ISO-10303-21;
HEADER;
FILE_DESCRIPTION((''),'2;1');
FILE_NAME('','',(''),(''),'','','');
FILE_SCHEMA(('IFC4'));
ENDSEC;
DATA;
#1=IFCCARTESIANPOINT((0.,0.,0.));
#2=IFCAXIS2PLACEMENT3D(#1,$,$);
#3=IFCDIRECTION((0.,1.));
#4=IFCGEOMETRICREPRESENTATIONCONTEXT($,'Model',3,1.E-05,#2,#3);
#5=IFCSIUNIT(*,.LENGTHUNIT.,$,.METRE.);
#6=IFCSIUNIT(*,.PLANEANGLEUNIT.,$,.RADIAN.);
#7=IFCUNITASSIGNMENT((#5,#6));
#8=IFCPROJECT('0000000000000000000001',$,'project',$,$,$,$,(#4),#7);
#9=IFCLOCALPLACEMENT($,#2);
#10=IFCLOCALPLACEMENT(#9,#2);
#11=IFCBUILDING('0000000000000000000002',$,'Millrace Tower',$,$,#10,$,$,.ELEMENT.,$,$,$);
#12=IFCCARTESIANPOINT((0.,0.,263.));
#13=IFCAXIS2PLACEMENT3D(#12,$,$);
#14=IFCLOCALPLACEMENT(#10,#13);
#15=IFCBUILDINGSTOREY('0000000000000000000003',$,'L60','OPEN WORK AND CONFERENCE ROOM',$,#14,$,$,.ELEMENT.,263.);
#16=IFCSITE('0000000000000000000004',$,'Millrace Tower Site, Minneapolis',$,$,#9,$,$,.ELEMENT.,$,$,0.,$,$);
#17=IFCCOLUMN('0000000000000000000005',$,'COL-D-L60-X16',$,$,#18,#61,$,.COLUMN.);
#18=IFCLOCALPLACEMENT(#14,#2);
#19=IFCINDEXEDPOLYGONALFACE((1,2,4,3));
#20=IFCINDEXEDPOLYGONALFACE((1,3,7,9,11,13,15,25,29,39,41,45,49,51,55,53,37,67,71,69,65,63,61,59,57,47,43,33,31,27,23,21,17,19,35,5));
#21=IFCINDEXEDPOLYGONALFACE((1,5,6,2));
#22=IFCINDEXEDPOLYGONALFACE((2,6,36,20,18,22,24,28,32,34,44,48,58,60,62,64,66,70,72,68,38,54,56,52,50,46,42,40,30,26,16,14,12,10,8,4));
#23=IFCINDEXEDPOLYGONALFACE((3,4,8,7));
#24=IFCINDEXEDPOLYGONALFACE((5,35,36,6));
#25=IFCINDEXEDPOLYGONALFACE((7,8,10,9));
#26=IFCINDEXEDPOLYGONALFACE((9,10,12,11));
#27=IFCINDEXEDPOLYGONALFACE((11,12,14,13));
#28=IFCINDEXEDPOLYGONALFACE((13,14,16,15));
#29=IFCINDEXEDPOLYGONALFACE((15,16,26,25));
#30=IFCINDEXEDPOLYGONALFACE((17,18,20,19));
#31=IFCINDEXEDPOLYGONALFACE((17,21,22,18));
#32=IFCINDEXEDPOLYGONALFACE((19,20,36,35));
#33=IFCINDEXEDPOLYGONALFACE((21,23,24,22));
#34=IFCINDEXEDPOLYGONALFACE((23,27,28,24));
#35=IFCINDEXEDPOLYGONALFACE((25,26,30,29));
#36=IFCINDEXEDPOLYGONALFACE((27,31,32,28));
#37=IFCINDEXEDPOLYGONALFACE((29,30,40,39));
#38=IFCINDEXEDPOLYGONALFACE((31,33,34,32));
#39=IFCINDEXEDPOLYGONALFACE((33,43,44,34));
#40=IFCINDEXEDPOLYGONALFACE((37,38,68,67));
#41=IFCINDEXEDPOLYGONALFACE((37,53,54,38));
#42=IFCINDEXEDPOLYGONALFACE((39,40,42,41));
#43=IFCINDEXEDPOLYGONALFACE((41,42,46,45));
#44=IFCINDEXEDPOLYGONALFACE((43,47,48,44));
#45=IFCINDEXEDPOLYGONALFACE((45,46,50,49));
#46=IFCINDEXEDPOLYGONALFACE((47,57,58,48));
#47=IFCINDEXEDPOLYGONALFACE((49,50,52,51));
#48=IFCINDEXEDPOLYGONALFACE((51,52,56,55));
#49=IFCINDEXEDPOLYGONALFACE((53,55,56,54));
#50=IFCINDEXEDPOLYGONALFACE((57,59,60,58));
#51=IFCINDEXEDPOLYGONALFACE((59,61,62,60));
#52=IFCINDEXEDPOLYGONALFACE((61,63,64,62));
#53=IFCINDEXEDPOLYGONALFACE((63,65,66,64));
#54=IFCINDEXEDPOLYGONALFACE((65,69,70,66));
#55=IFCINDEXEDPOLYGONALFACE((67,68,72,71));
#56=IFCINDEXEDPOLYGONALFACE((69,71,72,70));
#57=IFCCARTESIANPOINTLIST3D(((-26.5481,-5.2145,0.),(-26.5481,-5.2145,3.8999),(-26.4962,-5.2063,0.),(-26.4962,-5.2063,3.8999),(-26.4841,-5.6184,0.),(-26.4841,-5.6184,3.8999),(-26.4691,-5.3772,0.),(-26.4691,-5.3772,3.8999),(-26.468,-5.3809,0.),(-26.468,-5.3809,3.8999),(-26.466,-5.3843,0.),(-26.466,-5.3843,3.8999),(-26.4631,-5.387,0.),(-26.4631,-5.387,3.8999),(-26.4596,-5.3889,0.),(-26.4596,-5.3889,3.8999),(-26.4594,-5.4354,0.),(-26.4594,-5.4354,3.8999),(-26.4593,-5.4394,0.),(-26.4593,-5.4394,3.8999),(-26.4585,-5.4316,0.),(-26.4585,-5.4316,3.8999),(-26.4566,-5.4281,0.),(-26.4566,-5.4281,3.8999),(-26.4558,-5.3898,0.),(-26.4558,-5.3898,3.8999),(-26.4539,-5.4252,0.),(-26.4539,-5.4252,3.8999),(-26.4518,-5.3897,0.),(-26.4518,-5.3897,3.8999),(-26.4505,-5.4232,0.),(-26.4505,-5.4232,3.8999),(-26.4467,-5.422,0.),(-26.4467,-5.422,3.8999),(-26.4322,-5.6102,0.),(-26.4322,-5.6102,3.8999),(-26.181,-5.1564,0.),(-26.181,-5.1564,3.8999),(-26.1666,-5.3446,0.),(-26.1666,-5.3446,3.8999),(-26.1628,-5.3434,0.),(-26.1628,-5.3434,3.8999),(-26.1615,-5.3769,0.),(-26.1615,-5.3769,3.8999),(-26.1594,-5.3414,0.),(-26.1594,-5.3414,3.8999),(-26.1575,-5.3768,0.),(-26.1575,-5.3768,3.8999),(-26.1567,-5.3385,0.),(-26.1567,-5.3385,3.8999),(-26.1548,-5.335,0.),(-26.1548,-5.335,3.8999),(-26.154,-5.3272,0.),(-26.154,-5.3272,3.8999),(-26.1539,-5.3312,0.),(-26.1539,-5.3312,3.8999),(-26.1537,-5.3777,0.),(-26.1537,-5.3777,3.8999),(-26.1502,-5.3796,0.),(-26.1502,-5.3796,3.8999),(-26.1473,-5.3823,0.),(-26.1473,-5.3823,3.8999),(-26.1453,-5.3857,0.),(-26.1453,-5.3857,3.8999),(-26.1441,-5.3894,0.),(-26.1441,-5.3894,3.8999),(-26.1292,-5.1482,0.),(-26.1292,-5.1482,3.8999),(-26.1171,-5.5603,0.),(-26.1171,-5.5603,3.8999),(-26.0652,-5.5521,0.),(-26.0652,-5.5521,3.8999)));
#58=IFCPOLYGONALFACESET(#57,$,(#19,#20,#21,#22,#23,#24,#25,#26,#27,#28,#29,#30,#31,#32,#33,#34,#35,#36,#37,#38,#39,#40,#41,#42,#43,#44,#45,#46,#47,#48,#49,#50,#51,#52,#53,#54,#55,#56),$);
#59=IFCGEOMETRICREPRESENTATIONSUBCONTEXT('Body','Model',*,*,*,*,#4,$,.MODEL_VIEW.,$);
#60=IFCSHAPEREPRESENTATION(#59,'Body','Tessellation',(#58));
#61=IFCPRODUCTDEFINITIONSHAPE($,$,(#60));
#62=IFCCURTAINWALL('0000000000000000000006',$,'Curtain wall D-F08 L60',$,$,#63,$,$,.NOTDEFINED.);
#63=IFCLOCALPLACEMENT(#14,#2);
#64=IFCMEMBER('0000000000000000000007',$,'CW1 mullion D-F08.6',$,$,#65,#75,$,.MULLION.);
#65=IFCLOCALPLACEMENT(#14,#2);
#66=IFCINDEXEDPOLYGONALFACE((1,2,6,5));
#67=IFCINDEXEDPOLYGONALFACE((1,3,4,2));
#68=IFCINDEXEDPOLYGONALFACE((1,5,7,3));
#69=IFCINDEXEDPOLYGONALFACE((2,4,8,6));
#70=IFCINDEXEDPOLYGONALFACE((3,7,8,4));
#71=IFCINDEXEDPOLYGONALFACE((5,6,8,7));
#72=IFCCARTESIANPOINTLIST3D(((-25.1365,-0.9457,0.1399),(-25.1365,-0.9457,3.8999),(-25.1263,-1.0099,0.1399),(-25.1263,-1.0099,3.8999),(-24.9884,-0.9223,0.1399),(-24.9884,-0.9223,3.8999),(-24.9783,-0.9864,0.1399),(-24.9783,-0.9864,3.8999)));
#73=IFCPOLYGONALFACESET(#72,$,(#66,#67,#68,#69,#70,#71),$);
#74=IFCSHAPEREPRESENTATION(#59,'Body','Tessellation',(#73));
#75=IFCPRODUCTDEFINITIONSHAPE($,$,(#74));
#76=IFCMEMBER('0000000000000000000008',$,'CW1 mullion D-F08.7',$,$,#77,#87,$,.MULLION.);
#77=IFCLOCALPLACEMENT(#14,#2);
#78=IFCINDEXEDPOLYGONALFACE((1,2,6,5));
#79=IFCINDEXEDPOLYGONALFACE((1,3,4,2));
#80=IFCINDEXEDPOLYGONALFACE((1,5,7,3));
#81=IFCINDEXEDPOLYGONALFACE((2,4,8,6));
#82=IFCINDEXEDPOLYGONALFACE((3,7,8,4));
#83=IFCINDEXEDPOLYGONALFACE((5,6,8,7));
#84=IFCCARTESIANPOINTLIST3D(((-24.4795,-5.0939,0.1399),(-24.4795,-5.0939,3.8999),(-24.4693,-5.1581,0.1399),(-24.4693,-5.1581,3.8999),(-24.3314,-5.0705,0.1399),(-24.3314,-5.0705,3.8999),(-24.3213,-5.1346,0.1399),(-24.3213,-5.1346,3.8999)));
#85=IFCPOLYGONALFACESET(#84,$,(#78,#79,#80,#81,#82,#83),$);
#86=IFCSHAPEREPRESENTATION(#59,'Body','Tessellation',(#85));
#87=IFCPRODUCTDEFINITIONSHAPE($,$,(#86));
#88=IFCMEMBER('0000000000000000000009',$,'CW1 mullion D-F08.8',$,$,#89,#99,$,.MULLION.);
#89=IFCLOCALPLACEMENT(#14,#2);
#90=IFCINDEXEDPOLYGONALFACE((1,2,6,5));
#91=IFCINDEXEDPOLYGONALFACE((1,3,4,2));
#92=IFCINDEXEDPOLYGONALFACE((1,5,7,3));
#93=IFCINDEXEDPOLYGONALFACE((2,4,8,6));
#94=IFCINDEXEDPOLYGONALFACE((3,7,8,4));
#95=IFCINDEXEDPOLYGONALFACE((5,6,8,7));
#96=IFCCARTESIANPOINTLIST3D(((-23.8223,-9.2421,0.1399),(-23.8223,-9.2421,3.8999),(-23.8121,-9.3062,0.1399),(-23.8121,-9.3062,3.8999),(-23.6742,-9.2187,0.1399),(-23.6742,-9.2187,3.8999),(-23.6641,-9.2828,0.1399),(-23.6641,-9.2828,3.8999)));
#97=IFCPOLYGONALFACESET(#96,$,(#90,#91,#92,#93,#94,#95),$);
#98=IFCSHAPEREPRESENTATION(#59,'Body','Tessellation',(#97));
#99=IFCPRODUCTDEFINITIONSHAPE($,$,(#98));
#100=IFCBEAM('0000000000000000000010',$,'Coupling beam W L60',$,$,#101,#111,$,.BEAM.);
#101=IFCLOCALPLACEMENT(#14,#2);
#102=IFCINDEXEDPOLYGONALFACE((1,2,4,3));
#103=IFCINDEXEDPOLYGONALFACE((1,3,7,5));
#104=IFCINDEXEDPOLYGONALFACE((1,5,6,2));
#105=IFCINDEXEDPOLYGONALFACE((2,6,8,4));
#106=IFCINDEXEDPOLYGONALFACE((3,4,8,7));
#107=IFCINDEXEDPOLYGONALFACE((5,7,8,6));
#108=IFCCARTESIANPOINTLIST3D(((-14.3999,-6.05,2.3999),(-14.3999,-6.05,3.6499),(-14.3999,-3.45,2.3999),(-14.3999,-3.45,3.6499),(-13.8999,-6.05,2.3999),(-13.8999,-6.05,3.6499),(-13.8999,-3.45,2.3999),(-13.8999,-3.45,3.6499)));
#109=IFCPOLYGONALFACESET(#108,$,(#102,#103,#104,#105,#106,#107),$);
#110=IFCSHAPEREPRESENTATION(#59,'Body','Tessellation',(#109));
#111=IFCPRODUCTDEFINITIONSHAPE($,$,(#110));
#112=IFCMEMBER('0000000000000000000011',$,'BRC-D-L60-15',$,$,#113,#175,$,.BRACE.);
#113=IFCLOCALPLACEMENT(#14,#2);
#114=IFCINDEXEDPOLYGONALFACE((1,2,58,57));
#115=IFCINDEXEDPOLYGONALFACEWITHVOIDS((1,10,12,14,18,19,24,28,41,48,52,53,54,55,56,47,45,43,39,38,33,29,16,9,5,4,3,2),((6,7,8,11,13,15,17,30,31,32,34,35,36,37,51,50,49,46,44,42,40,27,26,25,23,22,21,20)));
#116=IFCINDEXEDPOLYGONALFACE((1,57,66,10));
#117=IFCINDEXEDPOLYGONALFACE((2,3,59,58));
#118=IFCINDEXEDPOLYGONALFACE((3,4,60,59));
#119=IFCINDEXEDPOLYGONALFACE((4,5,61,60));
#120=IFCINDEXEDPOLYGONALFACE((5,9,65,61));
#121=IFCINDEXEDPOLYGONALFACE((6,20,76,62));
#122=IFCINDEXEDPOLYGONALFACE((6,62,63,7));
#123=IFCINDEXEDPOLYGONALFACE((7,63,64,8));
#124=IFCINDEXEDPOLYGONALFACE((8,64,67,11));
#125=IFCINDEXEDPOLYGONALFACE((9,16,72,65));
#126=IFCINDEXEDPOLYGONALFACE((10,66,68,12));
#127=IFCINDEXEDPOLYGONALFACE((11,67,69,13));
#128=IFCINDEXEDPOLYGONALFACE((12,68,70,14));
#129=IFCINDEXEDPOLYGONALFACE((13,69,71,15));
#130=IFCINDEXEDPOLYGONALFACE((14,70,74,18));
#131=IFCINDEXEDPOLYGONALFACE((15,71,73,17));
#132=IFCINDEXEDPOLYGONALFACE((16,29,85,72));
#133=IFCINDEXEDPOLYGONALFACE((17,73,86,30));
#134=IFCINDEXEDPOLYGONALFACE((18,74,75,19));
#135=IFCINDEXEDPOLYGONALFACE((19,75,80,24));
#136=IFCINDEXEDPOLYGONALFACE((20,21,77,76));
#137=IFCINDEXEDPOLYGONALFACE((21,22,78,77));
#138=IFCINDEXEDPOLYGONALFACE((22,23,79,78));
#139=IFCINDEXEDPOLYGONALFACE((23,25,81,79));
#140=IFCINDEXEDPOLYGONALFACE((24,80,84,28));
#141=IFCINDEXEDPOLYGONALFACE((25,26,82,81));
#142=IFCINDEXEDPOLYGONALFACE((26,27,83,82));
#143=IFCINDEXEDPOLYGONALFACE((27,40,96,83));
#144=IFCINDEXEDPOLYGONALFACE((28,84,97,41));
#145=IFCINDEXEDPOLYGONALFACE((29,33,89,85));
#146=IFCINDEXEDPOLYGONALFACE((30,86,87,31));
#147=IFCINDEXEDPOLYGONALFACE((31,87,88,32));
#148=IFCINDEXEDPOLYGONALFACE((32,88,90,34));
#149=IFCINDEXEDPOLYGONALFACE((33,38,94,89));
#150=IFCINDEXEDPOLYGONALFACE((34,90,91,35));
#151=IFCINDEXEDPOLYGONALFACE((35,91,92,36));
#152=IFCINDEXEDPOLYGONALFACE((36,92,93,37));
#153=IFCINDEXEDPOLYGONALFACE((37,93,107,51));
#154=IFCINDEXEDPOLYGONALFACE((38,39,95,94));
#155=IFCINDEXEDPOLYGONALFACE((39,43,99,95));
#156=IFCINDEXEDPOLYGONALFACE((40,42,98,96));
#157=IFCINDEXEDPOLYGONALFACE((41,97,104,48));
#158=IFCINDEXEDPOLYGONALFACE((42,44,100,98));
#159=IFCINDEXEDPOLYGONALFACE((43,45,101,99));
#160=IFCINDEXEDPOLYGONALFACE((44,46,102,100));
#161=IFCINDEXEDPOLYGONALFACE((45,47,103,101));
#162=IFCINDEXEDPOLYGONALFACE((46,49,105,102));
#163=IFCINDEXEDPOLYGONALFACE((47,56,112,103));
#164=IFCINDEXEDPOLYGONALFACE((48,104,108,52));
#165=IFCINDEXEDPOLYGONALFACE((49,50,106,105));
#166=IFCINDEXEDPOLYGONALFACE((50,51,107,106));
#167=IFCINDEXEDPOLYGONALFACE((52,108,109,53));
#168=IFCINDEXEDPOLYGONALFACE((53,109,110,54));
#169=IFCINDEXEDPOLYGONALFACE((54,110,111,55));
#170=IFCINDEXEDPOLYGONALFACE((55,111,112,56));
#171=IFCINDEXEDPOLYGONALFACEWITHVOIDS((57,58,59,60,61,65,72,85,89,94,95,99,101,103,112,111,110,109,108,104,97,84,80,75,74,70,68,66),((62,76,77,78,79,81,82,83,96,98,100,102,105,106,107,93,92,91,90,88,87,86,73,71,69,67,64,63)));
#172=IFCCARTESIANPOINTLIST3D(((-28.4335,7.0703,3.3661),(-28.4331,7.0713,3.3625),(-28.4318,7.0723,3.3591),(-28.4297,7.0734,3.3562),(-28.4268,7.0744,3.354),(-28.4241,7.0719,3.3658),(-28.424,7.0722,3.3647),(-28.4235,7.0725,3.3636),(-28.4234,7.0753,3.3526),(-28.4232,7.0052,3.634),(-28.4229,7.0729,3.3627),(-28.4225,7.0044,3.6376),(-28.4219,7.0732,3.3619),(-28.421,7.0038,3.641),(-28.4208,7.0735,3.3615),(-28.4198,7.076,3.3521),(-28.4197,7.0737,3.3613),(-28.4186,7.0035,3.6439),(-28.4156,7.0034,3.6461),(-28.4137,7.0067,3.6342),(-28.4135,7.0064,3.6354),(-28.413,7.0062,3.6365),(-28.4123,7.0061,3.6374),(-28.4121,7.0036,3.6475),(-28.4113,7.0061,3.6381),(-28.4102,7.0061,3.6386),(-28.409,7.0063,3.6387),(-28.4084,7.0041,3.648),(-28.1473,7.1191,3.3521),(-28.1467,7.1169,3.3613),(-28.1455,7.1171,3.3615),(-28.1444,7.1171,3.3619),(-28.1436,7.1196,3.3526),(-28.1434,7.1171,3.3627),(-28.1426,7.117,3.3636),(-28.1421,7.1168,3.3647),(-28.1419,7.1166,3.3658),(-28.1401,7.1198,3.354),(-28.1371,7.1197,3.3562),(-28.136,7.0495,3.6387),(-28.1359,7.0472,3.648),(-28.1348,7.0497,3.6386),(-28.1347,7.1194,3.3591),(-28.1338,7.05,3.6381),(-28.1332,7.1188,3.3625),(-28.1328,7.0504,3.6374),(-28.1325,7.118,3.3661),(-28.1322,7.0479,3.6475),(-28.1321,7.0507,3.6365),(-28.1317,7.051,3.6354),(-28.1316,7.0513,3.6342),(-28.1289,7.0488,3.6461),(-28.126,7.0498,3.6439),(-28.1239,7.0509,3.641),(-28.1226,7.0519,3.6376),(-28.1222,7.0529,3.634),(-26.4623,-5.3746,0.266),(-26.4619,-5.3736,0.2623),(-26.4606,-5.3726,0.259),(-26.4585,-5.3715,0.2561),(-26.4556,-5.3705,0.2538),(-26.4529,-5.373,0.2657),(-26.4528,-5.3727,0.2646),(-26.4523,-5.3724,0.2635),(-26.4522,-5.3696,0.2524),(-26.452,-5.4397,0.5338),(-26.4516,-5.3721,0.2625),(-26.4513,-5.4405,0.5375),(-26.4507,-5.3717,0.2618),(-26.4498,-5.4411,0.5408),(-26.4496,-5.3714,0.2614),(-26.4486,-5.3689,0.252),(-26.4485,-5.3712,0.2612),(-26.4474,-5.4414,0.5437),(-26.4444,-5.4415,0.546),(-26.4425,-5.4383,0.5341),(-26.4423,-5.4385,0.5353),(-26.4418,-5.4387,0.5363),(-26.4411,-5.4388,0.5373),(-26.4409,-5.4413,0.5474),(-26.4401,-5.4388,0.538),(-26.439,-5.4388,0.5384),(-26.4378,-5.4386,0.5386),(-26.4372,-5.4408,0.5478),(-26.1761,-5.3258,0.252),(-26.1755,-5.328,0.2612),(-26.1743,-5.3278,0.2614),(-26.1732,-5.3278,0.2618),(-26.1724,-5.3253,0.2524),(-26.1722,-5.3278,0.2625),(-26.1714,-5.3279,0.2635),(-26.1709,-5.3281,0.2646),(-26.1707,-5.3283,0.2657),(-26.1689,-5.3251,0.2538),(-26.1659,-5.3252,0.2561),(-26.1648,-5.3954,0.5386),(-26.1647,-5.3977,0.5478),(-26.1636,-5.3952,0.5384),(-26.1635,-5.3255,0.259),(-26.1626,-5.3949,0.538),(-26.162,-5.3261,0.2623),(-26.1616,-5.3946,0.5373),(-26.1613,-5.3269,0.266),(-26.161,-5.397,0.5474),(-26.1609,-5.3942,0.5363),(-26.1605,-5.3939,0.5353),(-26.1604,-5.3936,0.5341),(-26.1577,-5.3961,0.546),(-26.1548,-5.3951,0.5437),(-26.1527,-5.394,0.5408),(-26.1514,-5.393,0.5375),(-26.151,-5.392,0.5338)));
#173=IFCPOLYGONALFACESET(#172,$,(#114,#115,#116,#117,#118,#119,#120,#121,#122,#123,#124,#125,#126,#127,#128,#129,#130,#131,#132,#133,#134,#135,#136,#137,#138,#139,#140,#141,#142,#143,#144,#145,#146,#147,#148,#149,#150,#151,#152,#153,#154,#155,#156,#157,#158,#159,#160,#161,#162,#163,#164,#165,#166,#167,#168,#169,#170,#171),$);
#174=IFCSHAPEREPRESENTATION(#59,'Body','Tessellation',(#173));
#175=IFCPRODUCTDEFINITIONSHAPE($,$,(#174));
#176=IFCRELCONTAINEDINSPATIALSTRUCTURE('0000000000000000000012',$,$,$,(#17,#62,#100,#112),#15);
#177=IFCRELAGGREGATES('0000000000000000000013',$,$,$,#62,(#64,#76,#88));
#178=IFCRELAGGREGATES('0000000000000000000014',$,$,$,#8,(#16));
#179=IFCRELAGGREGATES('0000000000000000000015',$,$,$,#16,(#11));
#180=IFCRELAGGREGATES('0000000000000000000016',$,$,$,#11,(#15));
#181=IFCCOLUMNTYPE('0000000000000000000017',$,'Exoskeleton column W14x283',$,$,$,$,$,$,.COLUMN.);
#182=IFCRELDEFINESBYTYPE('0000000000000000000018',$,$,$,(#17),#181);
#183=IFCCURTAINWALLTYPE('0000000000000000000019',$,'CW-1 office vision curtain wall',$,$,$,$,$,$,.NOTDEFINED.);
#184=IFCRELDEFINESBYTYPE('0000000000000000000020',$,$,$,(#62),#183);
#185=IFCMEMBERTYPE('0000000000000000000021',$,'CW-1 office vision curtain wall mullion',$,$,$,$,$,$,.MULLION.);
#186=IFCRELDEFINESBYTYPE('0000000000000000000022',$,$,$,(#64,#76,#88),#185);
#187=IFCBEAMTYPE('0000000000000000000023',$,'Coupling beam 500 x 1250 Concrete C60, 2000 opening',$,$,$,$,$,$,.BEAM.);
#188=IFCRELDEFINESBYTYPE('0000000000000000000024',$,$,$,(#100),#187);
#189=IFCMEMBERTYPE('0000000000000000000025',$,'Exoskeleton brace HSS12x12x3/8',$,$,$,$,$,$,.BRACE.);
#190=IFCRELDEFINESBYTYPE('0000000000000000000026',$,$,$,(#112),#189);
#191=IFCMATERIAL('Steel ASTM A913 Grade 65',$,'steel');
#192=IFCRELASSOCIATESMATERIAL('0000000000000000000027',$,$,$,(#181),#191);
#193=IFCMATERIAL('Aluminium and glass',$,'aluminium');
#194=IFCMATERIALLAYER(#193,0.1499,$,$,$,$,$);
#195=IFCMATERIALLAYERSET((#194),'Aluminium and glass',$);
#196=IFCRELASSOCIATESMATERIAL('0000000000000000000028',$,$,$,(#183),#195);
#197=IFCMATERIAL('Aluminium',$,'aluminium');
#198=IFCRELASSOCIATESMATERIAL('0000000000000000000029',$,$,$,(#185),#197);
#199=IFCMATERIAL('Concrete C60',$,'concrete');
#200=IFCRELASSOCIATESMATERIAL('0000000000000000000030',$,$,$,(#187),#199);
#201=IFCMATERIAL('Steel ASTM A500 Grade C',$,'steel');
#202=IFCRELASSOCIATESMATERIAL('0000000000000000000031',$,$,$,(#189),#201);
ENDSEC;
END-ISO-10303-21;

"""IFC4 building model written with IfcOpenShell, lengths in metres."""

from ifc_helpers import new_model, si_unit, direction, frame, origin, origin_2d, place, context, subcontext, project, spatial, rectangle, hollow_rectangle, i_section, extrude, material, layer, layer_set, material_profile, profile_set, type_object, element, aggregate, save


model = new_model("IFC4")

# Units and contexts
model_context = context("Model", 3, precision=1e-05, world=origin(), true_north=direction((0.0, 1.0)))
body_context = subcontext(model_context, "Body", "Model", "MODEL_VIEW")
ifc_project = project(units=[si_unit("LENGTHUNIT", "METRE"), si_unit("PLANEANGLEUNIT", "RADIAN")], contexts=[model_context])

# Site, building, storey
site_placement = place(None, origin())
site = spatial("IfcSite", under=ifc_project, at=site_placement, Name="Millrace Tower Site, Minneapolis", CompositionType="ELEMENT", RefElevation=0.0)
building_placement = place(site_placement, origin())
building = spatial("IfcBuilding", under=site, at=building_placement, Name="Millrace Tower", CompositionType="ELEMENT")
storey_placement = place(building_placement, frame((0.0, 0.0, 263.0)))
storey = spatial("IfcBuildingStorey", under=building, at=storey_placement, Name="L60", Description="OPEN WORK AND CONFERENCE ROOM", CompositionType="ELEMENT", Elevation=263.0)

# Column
ifc_material_1 = material(Name="Steel ASTM A913 Grade 65", Category="steel")
ifc_material_profile_1 = material_profile(ifc_material_1, i_section(OverallWidth=0.4089, OverallDepth=0.4241, WebThickness=0.0327, FlangeThickness=0.0525, FilletRadius=0.0151, at=origin_2d()))
ifc_profile_set_1 = profile_set([ifc_material_profile_1], Name="Steel ASTM A913 Grade 65")
column_type = type_object("IfcColumnType", Name="Exoskeleton column W14x283", PredefinedType="COLUMN", material=ifc_profile_set_1)
column_placement = place(storey_placement, frame((-26.3066, -5.3833, 0.0), z_axis=(0.0, 0.0, 1.0), x_axis=(0.156434, -0.987688, 0.0)))
element("IfcColumn", 1, at=column_placement, inside=storey, type_object=column_type, Name="COL-D-L60-X16", PredefinedType="COLUMN", context=body_context, shape_type="SweptSolid", body=[
    extrude(i_section(OverallWidth=0.4089, OverallDepth=0.4241, WebThickness=0.0327, FlangeThickness=0.0525, FilletRadius=0.0151, at=origin_2d()), origin(), (0.0, 0.0, 1.0), 3.8999),
])

# Curtain wall, members
ifc_material_2 = material(Name="Aluminium and glass", Category="aluminium")
ifc_layer_1 = layer(ifc_material_2, 0.1499)
ifc_layer_set_1 = layer_set([ifc_layer_1], Name="Aluminium and glass")
curtain_wall_type = type_object("IfcCurtainWallType", Name="CW-1 office vision curtain wall", PredefinedType="NOTDEFINED", material=ifc_layer_set_1)
curtain_wall_placement = place(storey_placement, origin())
curtain_wall = element("IfcCurtainWall", 2, at=curtain_wall_placement, inside=storey, type_object=curtain_wall_type, Name="Curtain wall D-F08 L60", PredefinedType="NOTDEFINED")
ifc_material_3 = material(Name="Aluminium", Category="aluminium")
ifc_material_profile_2 = material_profile(ifc_material_3, rectangle(XDim=0.0649, YDim=0.1499, at=origin_2d()))
ifc_profile_set_2 = profile_set([ifc_material_profile_2], Name="Aluminium")
member_type_1 = type_object("IfcMemberType", Name="CW-1 office vision curtain wall mullion", PredefinedType="MULLION", material=ifc_profile_set_2)
member_1_placement = place(storey_placement, frame((-25.0574, -0.9661, 0.1399), z_axis=(0.0, 0.0, 1.0), x_axis=(0.156434, -0.987688, 0.0)))
member_1 = element("IfcMember", 3, at=member_1_placement, type_object=member_type_1, Name="CW1 mullion D-F08.6", PredefinedType="MULLION", context=body_context, shape_type="SweptSolid", body=[
    extrude(rectangle(XDim=0.0649, YDim=0.1499, at=origin_2d()), origin(), (0.0, 0.0, 1.0), 3.76),
])
member_2_placement = place(storey_placement, frame((-24.4004, -5.1143, 0.1399), z_axis=(0.0, 0.0, 1.0), x_axis=(0.156434, -0.987688, 0.0)))
member_2 = element("IfcMember", 4, at=member_2_placement, type_object=member_type_1, Name="CW1 mullion D-F08.7", PredefinedType="MULLION", context=body_context, shape_type="SweptSolid", body=[
    extrude(rectangle(XDim=0.0649, YDim=0.1499, at=origin_2d()), origin(), (0.0, 0.0, 1.0), 3.76),
])
member_3_placement = place(storey_placement, frame((-23.7432, -9.2625, 0.1399), z_axis=(0.0, 0.0, 1.0), x_axis=(0.156434, -0.987688, 0.0)))
member_3 = element("IfcMember", 5, at=member_3_placement, type_object=member_type_1, Name="CW1 mullion D-F08.8", PredefinedType="MULLION", context=body_context, shape_type="SweptSolid", body=[
    extrude(rectangle(XDim=0.0649, YDim=0.1499, at=origin_2d()), origin(), (0.0, 0.0, 1.0), 3.76),
])
aggregate(curtain_wall, [member_1, member_2, member_3])

# Beam
ifc_material_4 = material(Name="Concrete C60", Category="concrete")
ifc_material_profile_3 = material_profile(ifc_material_4, rectangle(XDim=0.5, YDim=1.25, at=origin_2d()))
ifc_profile_set_3 = profile_set([ifc_material_profile_3], Name="Concrete C60")
beam_type_1 = type_object("IfcBeamType", Name="Coupling beam 500 x 1250 Concrete C60, 2000 opening", PredefinedType="BEAM", material=ifc_profile_set_3)
beam_1_placement = place(storey_placement, frame((-14.1499, -6.05, 3.0249), z_axis=(0.0, 1.0, 0.0), x_axis=(-1.0, 0.0, 0.0)))
element("IfcBeam", 6, at=beam_1_placement, inside=storey, type_object=beam_type_1, Name="Coupling beam W L60", PredefinedType="BEAM", context=body_context, shape_type="SweptSolid", body=[
    extrude(rectangle(XDim=0.5, YDim=1.25, at=origin_2d()), origin(), (0.0, 0.0, 1.0), 2.6001),
])

# Member
ifc_material_5 = material(Name="Steel ASTM A500 Grade C", Category="steel")
ifc_material_profile_4 = material_profile(ifc_material_5, hollow_rectangle(XDim=0.3047, YDim=0.3047, WallThickness=0.0095, InnerFilletRadius=0.0046, OuterFilletRadius=0.0144, at=origin_2d()))
ifc_profile_set_4 = profile_set([ifc_material_profile_4], Name="Steel ASTM A500 Grade C")
member_type_2 = type_object("IfcMemberType", Name="Exoskeleton brace HSS12x12x3/8", PredefinedType="BRACE", material=ifc_profile_set_4)
member_4_placement = place(storey_placement, frame((-26.3066, -5.3833, 0.3999), z_axis=(-0.151914, 0.959084, 0.238915), x_axis=(-0.987687, -0.156444, 0.0)))
element("IfcMember", 7, at=member_4_placement, inside=storey, type_object=member_type_2, Name="BRC-D-L60-15", PredefinedType="BRACE", context=body_context, shape_type="SweptSolid", body=[
    extrude(hollow_rectangle(XDim=0.3047, YDim=0.3047, WallThickness=0.0095, InnerFilletRadius=0.0046, OuterFilletRadius=0.0144, at=origin_2d()), origin(), (0.0, 0.0, 1.0), 12.9758),
])

save(model, "model.ifc")
